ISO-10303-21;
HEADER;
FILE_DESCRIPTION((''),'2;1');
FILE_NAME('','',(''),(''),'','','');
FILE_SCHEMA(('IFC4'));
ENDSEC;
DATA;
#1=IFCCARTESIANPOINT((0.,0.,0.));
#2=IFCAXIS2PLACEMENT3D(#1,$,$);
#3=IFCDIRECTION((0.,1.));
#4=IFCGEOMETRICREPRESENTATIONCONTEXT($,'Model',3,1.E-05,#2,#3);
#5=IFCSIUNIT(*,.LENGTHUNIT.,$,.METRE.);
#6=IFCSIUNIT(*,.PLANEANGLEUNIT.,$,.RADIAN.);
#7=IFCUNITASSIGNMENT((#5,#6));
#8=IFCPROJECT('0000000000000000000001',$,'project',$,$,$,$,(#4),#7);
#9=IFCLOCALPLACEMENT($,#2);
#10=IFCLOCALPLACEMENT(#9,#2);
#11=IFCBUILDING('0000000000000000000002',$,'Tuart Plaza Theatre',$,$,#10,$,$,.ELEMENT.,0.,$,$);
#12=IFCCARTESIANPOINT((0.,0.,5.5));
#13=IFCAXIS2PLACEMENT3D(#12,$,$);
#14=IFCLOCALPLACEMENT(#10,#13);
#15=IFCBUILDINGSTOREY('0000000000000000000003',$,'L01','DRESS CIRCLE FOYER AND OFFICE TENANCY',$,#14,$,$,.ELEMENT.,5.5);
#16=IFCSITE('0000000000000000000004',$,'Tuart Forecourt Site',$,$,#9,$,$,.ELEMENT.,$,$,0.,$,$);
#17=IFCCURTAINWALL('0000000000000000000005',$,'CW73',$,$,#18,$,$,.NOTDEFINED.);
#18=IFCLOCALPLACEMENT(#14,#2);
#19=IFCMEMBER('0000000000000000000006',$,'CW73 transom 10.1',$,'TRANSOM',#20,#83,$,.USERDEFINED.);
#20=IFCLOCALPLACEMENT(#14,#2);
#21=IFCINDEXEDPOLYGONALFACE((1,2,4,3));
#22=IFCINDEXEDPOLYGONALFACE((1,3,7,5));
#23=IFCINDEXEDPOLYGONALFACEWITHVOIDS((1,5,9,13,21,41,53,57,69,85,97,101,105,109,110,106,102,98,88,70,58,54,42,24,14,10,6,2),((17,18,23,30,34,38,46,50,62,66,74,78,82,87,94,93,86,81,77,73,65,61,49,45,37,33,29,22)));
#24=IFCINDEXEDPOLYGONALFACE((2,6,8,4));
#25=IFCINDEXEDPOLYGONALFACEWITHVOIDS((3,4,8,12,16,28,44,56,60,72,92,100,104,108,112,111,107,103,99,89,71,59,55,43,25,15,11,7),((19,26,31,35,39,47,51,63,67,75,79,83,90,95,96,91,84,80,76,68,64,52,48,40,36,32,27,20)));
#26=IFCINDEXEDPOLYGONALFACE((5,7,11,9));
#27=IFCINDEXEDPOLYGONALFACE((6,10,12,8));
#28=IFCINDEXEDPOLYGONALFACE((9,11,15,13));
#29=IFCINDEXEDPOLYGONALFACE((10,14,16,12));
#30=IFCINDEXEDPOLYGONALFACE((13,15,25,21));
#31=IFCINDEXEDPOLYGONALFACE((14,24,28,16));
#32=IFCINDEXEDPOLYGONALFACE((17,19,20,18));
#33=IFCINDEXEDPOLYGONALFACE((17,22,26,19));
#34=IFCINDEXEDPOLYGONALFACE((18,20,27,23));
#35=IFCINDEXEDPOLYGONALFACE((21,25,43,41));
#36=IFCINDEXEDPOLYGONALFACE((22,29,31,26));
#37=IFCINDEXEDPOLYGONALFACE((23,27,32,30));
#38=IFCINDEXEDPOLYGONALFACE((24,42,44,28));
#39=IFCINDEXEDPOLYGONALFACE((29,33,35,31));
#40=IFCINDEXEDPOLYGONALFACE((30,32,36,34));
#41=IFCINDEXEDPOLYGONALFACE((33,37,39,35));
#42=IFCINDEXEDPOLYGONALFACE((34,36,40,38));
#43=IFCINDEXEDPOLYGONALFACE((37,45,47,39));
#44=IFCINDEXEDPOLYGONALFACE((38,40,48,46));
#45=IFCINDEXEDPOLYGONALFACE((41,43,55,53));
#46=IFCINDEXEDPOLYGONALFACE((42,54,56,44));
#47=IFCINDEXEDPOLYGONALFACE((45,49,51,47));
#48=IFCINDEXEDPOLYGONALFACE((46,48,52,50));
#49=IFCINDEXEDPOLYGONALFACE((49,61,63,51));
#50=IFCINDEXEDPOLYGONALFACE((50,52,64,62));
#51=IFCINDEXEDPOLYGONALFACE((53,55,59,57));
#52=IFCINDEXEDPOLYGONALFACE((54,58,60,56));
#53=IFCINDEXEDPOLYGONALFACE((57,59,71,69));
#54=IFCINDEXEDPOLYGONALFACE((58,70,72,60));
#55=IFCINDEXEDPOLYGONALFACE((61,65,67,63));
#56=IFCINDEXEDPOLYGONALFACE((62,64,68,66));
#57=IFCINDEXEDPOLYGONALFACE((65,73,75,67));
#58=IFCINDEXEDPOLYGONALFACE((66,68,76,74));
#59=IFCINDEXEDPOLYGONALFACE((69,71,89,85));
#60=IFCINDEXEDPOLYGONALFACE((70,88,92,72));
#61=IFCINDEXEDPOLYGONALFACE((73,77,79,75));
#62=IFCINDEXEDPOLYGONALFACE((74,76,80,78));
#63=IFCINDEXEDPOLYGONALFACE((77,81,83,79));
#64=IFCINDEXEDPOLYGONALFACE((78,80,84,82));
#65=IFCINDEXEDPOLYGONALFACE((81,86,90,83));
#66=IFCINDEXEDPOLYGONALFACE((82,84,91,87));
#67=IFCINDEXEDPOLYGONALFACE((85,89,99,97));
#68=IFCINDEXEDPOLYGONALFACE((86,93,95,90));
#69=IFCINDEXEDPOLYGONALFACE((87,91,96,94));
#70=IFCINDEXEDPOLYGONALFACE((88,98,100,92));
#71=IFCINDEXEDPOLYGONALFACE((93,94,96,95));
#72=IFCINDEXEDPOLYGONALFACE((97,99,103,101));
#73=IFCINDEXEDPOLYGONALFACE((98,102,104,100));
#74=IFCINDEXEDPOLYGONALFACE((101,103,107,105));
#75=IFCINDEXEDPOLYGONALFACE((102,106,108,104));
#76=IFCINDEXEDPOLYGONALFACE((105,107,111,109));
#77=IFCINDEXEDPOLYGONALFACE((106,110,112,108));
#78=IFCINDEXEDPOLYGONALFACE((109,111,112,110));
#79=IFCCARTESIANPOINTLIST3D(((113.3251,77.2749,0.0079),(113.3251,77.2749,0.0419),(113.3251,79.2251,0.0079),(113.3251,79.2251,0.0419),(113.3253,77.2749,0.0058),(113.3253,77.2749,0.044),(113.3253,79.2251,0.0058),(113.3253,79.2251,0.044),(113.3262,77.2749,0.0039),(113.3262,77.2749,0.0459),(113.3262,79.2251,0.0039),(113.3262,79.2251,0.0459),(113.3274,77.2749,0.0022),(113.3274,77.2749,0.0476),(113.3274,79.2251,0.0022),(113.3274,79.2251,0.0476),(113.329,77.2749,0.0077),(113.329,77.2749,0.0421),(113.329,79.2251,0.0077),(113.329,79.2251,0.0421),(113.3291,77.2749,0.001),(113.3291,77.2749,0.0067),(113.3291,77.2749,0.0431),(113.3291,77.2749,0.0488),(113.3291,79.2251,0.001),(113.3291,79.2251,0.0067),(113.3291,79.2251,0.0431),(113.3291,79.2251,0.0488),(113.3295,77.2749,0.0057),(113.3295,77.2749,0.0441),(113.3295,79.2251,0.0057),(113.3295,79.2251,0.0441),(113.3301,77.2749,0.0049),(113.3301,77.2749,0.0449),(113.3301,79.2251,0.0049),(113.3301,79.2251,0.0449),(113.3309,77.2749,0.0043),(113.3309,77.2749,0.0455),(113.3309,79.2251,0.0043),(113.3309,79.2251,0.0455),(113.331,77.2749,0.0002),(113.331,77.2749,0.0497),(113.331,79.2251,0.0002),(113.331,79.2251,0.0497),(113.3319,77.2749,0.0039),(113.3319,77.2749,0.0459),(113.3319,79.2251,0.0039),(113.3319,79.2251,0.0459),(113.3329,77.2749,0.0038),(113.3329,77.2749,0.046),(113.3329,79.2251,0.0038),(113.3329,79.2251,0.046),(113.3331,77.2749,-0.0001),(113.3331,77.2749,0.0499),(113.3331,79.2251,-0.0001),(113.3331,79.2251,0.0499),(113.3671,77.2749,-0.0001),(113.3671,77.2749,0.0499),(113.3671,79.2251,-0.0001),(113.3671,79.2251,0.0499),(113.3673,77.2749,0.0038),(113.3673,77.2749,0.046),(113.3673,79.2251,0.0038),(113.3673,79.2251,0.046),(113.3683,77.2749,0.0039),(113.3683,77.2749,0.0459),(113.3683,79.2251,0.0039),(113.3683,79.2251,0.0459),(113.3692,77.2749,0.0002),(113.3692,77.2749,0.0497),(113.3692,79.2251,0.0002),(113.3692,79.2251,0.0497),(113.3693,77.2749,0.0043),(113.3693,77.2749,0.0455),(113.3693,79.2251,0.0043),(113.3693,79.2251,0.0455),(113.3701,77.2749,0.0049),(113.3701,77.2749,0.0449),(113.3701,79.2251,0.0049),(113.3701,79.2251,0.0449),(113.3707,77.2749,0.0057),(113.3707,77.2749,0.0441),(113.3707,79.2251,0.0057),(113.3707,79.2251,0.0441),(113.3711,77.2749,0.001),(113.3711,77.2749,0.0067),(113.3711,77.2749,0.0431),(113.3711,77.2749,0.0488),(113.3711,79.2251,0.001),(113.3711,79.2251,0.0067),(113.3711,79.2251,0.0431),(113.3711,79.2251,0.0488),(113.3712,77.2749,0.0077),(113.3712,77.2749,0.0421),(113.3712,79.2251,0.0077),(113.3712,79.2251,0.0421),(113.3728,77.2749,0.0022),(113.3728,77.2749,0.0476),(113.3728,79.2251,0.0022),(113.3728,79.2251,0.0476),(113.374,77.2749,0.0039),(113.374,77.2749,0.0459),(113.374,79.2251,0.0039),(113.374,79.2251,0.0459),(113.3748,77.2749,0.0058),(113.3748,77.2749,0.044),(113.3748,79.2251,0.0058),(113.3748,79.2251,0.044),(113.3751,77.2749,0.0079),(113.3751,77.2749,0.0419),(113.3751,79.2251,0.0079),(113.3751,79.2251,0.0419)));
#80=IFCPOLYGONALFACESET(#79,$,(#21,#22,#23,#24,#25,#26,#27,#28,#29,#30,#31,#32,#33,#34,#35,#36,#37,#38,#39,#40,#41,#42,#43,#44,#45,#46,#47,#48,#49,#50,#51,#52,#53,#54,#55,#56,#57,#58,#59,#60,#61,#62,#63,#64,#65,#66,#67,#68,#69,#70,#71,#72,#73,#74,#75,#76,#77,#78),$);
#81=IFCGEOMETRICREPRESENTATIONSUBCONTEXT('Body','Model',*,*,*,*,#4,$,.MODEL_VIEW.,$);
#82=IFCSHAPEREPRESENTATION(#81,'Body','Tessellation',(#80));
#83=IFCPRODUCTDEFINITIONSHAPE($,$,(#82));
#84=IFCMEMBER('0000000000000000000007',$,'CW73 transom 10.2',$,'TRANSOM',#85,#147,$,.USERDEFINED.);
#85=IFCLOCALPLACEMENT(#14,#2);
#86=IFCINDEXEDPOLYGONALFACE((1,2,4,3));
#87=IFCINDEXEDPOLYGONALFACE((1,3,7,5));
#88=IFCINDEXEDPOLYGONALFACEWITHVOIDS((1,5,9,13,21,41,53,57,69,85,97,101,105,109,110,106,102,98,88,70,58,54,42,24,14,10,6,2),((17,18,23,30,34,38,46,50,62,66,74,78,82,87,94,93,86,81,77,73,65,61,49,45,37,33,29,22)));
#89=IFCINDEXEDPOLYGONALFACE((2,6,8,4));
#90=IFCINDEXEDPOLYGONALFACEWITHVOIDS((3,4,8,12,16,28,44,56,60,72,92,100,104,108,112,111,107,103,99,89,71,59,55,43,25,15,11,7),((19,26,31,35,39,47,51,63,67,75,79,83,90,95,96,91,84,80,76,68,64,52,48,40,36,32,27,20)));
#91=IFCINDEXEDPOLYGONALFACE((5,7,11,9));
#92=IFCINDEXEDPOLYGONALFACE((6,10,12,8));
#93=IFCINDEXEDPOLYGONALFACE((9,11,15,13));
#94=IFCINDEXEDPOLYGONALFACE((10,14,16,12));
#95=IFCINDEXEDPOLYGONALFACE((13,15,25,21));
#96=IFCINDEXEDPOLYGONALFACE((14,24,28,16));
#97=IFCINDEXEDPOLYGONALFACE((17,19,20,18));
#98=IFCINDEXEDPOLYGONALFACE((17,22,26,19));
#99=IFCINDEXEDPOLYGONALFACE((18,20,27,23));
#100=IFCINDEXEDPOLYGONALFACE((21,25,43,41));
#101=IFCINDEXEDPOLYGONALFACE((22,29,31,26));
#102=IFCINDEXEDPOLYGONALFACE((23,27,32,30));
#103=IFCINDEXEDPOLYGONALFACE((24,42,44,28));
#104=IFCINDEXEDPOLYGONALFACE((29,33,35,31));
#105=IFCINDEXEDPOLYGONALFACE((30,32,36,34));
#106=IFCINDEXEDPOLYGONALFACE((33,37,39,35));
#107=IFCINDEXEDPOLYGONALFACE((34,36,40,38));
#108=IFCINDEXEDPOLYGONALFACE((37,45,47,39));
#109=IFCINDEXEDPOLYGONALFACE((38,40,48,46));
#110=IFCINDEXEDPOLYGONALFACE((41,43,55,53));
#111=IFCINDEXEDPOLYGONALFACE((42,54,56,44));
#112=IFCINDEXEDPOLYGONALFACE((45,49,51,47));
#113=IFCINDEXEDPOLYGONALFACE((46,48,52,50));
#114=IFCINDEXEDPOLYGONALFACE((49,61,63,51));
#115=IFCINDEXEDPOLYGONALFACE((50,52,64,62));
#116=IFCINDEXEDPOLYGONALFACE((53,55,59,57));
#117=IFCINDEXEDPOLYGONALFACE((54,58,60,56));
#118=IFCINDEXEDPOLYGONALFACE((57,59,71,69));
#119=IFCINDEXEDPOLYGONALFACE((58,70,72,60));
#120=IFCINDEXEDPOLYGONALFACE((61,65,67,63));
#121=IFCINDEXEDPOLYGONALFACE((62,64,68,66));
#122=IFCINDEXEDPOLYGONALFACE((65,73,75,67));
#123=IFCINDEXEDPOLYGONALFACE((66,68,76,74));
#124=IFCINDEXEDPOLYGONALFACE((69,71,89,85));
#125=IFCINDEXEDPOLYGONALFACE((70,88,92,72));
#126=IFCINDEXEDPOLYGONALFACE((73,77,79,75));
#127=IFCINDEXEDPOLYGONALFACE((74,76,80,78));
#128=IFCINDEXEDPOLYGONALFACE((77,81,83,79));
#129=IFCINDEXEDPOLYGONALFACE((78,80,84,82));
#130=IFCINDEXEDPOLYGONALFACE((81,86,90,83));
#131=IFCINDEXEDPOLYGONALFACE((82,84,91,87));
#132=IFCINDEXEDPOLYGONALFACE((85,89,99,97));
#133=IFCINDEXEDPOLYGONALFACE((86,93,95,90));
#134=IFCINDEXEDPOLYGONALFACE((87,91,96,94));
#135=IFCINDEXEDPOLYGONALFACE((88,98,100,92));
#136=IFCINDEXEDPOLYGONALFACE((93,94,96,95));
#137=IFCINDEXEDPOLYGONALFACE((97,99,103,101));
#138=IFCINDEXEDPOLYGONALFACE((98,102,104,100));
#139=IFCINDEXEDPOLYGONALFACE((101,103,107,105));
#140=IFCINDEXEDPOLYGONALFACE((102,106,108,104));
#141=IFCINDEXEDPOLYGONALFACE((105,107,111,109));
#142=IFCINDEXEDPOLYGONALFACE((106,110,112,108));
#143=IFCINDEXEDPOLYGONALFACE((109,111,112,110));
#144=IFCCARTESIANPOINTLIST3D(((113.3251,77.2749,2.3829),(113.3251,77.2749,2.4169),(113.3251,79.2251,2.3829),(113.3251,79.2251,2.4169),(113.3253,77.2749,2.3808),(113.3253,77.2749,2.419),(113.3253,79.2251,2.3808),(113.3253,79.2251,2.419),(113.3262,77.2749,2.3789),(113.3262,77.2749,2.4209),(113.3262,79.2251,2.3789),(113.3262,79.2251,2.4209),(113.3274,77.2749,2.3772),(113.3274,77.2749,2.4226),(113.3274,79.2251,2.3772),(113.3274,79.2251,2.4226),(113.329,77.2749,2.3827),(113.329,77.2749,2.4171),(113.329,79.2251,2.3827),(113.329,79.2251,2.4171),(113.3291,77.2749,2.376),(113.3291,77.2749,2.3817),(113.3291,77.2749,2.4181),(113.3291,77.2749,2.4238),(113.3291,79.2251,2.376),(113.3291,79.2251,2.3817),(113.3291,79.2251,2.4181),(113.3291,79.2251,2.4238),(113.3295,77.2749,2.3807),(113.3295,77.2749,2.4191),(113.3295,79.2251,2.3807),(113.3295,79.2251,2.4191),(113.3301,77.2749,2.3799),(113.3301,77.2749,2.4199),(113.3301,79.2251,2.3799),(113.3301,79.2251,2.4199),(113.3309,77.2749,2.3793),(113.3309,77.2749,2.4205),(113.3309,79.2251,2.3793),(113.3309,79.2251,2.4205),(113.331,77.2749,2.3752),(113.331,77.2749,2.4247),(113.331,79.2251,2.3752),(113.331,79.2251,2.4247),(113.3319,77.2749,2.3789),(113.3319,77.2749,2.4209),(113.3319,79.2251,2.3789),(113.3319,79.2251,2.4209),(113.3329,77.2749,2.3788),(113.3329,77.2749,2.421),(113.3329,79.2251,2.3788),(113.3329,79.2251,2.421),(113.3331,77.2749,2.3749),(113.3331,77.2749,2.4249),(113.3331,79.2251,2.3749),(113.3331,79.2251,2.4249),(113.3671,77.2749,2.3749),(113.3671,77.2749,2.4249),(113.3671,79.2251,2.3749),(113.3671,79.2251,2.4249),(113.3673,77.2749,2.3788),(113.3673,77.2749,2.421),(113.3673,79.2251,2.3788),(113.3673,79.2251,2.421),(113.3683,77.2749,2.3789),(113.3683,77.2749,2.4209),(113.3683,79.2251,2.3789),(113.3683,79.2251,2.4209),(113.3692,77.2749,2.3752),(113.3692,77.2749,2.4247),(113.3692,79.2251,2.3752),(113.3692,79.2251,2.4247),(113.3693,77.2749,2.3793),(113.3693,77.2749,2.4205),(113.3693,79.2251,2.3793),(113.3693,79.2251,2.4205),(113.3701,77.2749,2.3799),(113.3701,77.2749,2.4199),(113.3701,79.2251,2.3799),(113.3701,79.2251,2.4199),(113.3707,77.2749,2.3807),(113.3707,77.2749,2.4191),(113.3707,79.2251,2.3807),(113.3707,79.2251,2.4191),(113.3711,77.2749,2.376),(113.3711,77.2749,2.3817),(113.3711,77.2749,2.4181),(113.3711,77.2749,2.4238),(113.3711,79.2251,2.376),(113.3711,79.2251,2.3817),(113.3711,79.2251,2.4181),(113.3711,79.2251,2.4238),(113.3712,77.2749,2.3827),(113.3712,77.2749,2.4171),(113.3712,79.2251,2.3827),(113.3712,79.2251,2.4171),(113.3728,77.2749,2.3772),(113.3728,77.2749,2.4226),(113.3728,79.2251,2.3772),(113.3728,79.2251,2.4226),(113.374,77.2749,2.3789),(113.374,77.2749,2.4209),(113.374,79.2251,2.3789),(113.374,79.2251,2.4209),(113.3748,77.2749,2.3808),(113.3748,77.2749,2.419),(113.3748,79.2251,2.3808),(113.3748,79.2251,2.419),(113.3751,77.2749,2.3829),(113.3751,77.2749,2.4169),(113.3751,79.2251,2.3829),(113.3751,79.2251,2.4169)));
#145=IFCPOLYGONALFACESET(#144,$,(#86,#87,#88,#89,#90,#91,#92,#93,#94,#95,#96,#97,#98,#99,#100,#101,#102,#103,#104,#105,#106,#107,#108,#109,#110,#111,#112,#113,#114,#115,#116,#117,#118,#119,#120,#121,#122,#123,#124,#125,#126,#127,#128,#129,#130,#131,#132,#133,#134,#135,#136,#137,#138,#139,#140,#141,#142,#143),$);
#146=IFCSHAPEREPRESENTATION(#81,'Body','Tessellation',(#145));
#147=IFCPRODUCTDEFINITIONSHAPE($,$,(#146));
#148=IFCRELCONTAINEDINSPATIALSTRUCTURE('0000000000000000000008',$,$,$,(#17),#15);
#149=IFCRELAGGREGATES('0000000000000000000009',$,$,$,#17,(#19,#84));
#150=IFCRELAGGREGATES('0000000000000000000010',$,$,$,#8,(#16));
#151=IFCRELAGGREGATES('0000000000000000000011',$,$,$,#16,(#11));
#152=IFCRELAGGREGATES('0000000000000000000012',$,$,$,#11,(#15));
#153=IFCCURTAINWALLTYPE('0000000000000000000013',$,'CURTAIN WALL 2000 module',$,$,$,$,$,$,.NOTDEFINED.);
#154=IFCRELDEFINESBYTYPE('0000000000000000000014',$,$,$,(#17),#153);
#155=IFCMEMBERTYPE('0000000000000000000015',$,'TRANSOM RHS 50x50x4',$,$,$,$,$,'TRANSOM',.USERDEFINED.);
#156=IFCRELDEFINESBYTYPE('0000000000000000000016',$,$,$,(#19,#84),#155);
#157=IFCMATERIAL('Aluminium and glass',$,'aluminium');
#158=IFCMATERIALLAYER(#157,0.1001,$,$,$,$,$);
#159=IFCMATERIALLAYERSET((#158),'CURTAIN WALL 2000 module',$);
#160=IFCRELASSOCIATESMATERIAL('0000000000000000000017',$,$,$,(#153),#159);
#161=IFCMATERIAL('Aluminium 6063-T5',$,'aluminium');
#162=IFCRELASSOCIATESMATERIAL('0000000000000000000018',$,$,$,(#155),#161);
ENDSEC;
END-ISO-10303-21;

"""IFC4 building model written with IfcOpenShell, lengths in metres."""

from ifc_helpers import new_model, si_unit, direction, frame, origin, origin_2d, place, context, subcontext, project, spatial, hollow_rectangle, extrude, material, layer, layer_set, material_profile, profile_set, type_object, element, aggregate, save


model = new_model("IFC4")

# Units and contexts
model_context = context("Model", 3, precision=1e-05, world=origin(), true_north=direction((0.0, 1.0)))
body_context = subcontext(model_context, "Body", "Model", "MODEL_VIEW")
ifc_project = project(units=[si_unit("LENGTHUNIT", "METRE"), si_unit("PLANEANGLEUNIT", "RADIAN")], contexts=[model_context])

# Site, building, storey
site_placement = place(None, origin())
site = spatial("IfcSite", under=ifc_project, at=site_placement, Name="Tuart Forecourt Site", CompositionType="ELEMENT", RefElevation=0.0)
building_placement = place(site_placement, origin())
building = spatial("IfcBuilding", under=site, at=building_placement, Name="Tuart Plaza Theatre", CompositionType="ELEMENT", ElevationOfRefHeight=0.0)
storey_placement = place(building_placement, frame((0.0, 0.0, 5.5)))
storey = spatial("IfcBuildingStorey", under=building, at=storey_placement, Name="L01", Description="DRESS CIRCLE FOYER AND OFFICE TENANCY", CompositionType="ELEMENT", Elevation=5.5)

# Curtain wall, members
ifc_material_1 = material(Name="Aluminium and glass", Category="aluminium")
ifc_layer_1 = layer(ifc_material_1, 0.1001)
ifc_layer_set_1 = layer_set([ifc_layer_1], Name="CURTAIN WALL 2000 module")
curtain_wall_type = type_object("IfcCurtainWallType", Name="CURTAIN WALL 2000 module", PredefinedType="NOTDEFINED", material=ifc_layer_set_1)
curtain_wall_placement = place(storey_placement, origin())
curtain_wall = element("IfcCurtainWall", 1, at=curtain_wall_placement, inside=storey, type_object=curtain_wall_type, Name="CW73", PredefinedType="NOTDEFINED")
ifc_material_2 = material(Name="Aluminium 6063-T5", Category="aluminium")
ifc_material_profile_1 = material_profile(ifc_material_2, hollow_rectangle(XDim=0.05, YDim=0.05, WallThickness=0.0039, InnerFilletRadius=0.0039, OuterFilletRadius=0.0081, at=origin_2d()), Name="RHS 50x50x4")
ifc_profile_set_1 = profile_set([ifc_material_profile_1], Name="Aluminium 6063-T5")
member_type_1 = type_object("IfcMemberType", Name="TRANSOM RHS 50x50x4", ElementType="TRANSOM", PredefinedType="USERDEFINED", material=ifc_profile_set_1)
member_1_placement = place(storey_placement, frame((113.3501, 79.2251, 0.0249), z_axis=(0.0, -1.0, 0.0), x_axis=(1.0, 0.0, 0.0)))
member_1 = element("IfcMember", 2, at=member_1_placement, type_object=member_type_1, Name="CW73 transom 10.1", ObjectType="TRANSOM", PredefinedType="USERDEFINED", context=body_context, shape_type="SweptSolid", body=[
    extrude(hollow_rectangle(XDim=0.05, YDim=0.05, WallThickness=0.0039, InnerFilletRadius=0.0039, OuterFilletRadius=0.0081, at=origin_2d()), origin(), (0.0, 0.0, 1.0), 1.9502),
])
member_2_placement = place(storey_placement, frame((113.3501, 79.2251, 2.3999), z_axis=(0.0, -1.0, 0.0), x_axis=(1.0, 0.0, 0.0)))
member_2 = element("IfcMember", 3, at=member_2_placement, type_object=member_type_1, Name="CW73 transom 10.2", ObjectType="TRANSOM", PredefinedType="USERDEFINED", context=body_context, shape_type="SweptSolid", body=[
    extrude(hollow_rectangle(XDim=0.05, YDim=0.05, WallThickness=0.0039, InnerFilletRadius=0.0039, OuterFilletRadius=0.0081, at=origin_2d()), origin(), (0.0, 0.0, 1.0), 1.9502),
])
aggregate(curtain_wall, [member_1, member_2])

save(model, "model.ifc")
